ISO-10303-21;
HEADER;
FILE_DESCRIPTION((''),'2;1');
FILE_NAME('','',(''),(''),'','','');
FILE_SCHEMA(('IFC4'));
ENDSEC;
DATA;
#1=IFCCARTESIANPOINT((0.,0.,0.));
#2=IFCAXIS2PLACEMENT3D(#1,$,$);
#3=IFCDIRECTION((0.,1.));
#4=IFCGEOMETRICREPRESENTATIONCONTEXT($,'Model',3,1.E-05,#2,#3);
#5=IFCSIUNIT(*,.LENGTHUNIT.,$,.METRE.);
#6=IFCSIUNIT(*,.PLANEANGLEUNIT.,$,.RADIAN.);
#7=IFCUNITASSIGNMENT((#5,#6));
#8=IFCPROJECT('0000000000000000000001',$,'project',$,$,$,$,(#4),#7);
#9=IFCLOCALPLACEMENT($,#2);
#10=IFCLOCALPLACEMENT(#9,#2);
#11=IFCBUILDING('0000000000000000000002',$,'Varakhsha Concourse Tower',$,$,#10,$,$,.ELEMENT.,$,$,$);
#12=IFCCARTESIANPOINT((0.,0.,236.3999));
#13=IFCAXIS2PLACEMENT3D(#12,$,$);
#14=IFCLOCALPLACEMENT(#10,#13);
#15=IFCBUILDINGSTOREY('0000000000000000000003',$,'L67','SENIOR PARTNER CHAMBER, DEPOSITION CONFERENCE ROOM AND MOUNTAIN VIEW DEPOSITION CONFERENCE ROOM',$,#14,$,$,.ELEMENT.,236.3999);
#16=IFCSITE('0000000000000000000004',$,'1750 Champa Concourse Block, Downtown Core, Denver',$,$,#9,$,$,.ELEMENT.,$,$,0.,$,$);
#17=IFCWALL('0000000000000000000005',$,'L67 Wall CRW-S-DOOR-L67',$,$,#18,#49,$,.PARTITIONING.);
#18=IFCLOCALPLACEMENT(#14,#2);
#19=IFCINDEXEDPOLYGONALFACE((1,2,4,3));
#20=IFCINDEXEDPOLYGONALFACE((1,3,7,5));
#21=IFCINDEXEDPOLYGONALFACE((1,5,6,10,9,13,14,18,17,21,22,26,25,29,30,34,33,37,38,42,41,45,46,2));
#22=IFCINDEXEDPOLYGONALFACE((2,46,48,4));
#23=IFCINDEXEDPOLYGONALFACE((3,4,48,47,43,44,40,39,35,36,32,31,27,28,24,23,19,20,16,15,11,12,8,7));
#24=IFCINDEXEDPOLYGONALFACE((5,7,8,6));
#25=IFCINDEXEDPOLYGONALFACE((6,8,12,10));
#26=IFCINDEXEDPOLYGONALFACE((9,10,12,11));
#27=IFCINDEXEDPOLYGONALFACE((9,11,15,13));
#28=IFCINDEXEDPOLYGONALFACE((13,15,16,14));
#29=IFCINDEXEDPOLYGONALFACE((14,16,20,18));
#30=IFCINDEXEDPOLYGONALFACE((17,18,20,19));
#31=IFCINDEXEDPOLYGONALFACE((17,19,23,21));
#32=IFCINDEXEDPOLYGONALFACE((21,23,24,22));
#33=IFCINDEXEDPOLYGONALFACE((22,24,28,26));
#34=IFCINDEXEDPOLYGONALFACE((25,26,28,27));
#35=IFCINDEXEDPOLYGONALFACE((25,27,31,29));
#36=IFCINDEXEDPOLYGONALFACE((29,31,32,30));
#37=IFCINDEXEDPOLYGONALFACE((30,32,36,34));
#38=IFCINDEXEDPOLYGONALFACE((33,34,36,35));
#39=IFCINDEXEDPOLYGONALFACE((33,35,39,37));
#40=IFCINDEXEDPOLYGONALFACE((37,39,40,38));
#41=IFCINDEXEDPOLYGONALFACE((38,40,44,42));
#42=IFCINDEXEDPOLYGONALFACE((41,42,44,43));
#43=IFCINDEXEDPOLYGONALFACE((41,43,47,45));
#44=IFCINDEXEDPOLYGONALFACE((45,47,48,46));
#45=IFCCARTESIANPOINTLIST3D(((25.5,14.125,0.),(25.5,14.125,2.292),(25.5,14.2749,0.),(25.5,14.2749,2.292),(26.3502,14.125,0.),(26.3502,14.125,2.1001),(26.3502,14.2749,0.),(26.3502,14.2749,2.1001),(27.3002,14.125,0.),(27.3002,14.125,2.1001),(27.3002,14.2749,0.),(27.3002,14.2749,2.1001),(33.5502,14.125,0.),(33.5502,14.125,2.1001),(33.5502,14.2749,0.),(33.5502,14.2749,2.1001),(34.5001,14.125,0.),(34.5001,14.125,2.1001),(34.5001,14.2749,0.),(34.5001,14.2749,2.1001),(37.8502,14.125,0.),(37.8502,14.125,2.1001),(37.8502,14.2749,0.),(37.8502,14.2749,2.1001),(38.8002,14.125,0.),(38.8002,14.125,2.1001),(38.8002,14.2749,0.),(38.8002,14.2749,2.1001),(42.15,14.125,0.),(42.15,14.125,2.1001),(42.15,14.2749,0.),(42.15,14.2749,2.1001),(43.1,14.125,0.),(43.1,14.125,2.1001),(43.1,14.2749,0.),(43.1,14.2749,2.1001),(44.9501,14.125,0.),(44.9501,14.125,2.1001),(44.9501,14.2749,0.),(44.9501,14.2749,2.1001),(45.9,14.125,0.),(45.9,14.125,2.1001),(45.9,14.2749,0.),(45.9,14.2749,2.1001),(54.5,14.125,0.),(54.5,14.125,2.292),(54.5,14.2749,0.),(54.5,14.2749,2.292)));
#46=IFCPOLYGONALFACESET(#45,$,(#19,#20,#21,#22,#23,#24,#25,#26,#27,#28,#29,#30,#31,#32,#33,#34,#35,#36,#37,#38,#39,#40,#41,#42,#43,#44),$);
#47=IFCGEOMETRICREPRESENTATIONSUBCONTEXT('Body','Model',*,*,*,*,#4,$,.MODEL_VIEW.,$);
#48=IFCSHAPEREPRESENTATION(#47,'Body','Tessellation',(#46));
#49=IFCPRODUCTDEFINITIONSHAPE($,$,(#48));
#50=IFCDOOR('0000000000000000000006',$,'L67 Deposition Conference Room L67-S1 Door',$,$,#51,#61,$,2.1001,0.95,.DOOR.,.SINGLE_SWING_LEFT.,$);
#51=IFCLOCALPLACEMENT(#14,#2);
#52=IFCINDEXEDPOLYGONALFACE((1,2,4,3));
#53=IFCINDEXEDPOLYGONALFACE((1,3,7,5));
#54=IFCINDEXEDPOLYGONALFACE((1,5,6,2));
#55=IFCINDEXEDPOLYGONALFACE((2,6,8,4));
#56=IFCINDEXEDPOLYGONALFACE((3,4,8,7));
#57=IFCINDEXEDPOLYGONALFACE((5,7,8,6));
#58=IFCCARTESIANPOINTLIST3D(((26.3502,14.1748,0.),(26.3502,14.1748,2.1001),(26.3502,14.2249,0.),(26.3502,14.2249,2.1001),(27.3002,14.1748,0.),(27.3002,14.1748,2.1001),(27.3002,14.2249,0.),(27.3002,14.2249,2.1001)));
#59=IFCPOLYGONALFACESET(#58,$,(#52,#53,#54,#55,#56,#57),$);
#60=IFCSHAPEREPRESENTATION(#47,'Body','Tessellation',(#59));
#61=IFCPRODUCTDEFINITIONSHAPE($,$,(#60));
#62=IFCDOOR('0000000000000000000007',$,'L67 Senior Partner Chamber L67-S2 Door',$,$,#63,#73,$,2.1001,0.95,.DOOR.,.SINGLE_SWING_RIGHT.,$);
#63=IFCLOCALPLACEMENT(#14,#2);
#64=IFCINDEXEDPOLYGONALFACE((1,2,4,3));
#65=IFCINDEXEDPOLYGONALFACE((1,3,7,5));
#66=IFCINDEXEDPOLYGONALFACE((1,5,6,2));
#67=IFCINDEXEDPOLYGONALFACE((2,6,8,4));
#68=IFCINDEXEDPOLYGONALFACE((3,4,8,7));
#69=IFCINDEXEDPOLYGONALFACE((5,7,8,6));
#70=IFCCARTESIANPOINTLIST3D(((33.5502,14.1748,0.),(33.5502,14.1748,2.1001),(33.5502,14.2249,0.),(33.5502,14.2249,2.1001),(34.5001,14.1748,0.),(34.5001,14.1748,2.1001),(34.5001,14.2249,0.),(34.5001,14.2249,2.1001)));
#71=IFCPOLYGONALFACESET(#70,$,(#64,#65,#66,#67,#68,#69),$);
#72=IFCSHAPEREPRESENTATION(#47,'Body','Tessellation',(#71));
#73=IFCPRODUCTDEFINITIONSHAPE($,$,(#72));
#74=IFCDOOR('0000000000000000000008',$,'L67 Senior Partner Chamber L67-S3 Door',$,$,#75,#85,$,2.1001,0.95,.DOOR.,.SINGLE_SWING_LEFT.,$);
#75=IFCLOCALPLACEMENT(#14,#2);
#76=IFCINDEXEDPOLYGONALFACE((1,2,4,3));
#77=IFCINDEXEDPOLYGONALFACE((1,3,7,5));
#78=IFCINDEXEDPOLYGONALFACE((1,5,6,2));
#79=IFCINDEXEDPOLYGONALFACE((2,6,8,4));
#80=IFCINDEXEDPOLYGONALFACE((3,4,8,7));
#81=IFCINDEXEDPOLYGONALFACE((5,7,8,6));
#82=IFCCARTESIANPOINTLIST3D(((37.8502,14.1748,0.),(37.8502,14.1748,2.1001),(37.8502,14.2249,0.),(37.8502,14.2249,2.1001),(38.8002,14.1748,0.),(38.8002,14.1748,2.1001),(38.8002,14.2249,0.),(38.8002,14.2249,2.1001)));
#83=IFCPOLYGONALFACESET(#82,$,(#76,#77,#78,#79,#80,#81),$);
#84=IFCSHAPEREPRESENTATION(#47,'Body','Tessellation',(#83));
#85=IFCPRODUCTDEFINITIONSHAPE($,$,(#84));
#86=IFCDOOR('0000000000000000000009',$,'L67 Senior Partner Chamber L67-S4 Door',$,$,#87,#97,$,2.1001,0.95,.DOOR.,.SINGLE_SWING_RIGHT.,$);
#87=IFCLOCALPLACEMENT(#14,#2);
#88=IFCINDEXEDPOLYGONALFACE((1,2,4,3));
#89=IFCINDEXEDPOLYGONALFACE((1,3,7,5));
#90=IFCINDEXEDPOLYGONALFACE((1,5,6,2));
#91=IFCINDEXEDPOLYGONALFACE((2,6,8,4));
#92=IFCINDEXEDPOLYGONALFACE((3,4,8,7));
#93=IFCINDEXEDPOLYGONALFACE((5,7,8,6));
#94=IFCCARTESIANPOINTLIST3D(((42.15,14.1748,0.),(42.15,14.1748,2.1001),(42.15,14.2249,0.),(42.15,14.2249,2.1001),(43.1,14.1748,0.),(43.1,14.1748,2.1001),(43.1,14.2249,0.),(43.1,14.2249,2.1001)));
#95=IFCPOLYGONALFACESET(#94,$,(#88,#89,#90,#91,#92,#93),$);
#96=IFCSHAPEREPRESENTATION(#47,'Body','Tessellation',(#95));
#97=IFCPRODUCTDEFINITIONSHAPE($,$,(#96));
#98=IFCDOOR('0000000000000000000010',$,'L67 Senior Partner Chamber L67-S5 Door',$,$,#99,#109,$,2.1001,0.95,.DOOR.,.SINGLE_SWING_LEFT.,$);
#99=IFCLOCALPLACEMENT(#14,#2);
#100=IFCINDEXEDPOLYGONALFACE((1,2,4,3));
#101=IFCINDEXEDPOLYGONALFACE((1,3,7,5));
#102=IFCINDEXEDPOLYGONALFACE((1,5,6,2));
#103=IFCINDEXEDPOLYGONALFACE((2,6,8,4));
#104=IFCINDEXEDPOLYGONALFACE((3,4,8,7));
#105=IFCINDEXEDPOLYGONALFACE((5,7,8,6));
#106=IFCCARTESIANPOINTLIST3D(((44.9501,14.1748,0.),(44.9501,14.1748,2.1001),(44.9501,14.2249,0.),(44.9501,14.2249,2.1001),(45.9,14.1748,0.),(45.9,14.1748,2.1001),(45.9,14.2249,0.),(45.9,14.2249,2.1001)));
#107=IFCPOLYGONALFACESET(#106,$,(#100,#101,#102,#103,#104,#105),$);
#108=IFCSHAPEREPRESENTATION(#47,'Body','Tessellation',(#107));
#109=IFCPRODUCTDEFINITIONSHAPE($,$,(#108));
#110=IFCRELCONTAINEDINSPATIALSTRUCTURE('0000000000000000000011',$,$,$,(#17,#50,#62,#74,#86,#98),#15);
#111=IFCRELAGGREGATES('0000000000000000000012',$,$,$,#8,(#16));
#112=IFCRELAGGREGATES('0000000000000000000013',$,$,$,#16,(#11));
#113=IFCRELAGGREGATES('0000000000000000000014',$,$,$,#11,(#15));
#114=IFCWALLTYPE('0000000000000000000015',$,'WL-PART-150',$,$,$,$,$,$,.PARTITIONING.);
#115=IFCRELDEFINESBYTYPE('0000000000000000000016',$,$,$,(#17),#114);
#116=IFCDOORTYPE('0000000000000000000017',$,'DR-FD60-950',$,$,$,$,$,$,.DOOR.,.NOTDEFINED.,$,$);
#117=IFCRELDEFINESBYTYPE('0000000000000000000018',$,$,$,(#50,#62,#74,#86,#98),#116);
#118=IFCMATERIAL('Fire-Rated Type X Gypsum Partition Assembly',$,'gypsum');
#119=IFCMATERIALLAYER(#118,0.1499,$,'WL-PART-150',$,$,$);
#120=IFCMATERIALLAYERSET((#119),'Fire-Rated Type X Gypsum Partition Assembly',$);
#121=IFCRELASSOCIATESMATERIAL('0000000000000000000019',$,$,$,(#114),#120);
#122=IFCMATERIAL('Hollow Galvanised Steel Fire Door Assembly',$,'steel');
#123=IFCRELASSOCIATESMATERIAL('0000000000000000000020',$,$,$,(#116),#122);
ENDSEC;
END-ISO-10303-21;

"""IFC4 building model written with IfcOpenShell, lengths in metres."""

from ifc_helpers import new_model, si_unit, direction, frame, frame_2d, origin, place, context, subcontext, project, spatial, rectangle, extrude, material, layer, layer_set, type_object, element, fill, save


model = new_model("IFC4")

# Units and contexts
model_context = context("Model", 3, precision=1e-05, world=origin(), true_north=direction((0.0, 1.0)))
body_context = subcontext(model_context, "Body", "Model", "MODEL_VIEW")
ifc_project = project(units=[si_unit("LENGTHUNIT", "METRE"), si_unit("PLANEANGLEUNIT", "RADIAN")], contexts=[model_context])

# Site, building, storey
site_placement = place(None, origin())
site = spatial("IfcSite", under=ifc_project, at=site_placement, Name="1750 Champa Concourse Block, Downtown Core, Denver", CompositionType="ELEMENT", RefElevation=0.0)
building_placement = place(site_placement, origin())
building = spatial("IfcBuilding", under=site, at=building_placement, Name="Varakhsha Concourse Tower", CompositionType="ELEMENT")
storey_placement = place(building_placement, frame((0.0, 0.0, 236.3999)))
storey = spatial("IfcBuildingStorey", under=building, at=storey_placement, Name="L67", Description="SENIOR PARTNER CHAMBER, DEPOSITION CONFERENCE ROOM AND MOUNTAIN VIEW DEPOSITION CONFERENCE ROOM", CompositionType="ELEMENT", Elevation=236.3999)

# Wall, openings, doors
ifc_material_1 = material(Name="Fire-Rated Type X Gypsum Partition Assembly", Category="gypsum")
ifc_layer_1 = layer(ifc_material_1, 0.1499, Name="WL-PART-150")
ifc_layer_set_1 = layer_set([ifc_layer_1], Name="Fire-Rated Type X Gypsum Partition Assembly")
wall_type = type_object("IfcWallType", Name="WL-PART-150", PredefinedType="PARTITIONING", material=ifc_layer_set_1)
ifc_material_2 = material(Name="Hollow Galvanised Steel Fire Door Assembly", Category="steel")
door_type = type_object("IfcDoorType", Name="DR-FD60-950", OperationType="NOTDEFINED", PredefinedType="DOOR", material=ifc_material_2)
wall_1_placement = place(storey_placement, frame((25.5, 14.2, 0.0), z_axis=(0.0, 0.0, 1.0), x_axis=(1.0, 0.0, 0.0)))
wall_1 = element("IfcWall", 1, at=wall_1_placement, inside=storey, type_object=wall_type, Name="L67 Wall CRW-S-DOOR-L67", PredefinedType="PARTITIONING", context=body_context, shape_type="SweptSolid", body=[
    extrude(rectangle(XDim=29.0, YDim=0.1499, at=frame_2d((14.5, 0.0))), origin(), (0.0, 0.0, 1.0), 2.292),
])
opening_1_placement = place(wall_1_placement, frame((0.8501, 0.0, 0.0)))
opening_1 = element("IfcOpeningElement", 2, at=opening_1_placement, cuts=wall_1, PredefinedType="OPENING", context=body_context, shape_type="SweptSolid", body=[
    extrude(rectangle(XDim=0.95, YDim=2.1001, at=frame_2d((0.4751, 1.05))), frame((0.0, 0.085, 0.0), z_axis=(0.0, -1.0, 0.0), x_axis=(1.0, 0.0, 0.0)), (0.0, 0.0, 1.0), 0.1699),
])
opening_2_placement = place(wall_1_placement, frame((8.05, 0.0, 0.0)))
opening_2 = element("IfcOpeningElement", 3, at=opening_2_placement, cuts=wall_1, PredefinedType="OPENING", context=body_context, shape_type="SweptSolid", body=[
    extrude(rectangle(XDim=0.95, YDim=2.1001, at=frame_2d((0.4751, 1.05))), frame((0.0, 0.085, 0.0), z_axis=(0.0, -1.0, 0.0), x_axis=(1.0, 0.0, 0.0)), (0.0, 0.0, 1.0), 0.1699),
])
opening_3_placement = place(wall_1_placement, frame((12.3501, 0.0, 0.0)))
opening_3 = element("IfcOpeningElement", 4, at=opening_3_placement, cuts=wall_1, PredefinedType="OPENING", context=body_context, shape_type="SweptSolid", body=[
    extrude(rectangle(XDim=0.95, YDim=2.1001, at=frame_2d((0.4751, 1.05))), frame((0.0, 0.085, 0.0), z_axis=(0.0, -1.0, 0.0), x_axis=(1.0, 0.0, 0.0)), (0.0, 0.0, 1.0), 0.1699),
])
opening_4_placement = place(wall_1_placement, frame((16.6499, 0.0, 0.0)))
opening_4 = element("IfcOpeningElement", 5, at=opening_4_placement, cuts=wall_1, PredefinedType="OPENING", context=body_context, shape_type="SweptSolid", body=[
    extrude(rectangle(XDim=0.95, YDim=2.1001, at=frame_2d((0.4751, 1.05))), frame((0.0, 0.085, 0.0), z_axis=(0.0, -1.0, 0.0), x_axis=(1.0, 0.0, 0.0)), (0.0, 0.0, 1.0), 0.1699),
])
opening_5_placement = place(wall_1_placement, frame((19.45, 0.0, 0.0)))
opening_5 = element("IfcOpeningElement", 6, at=opening_5_placement, cuts=wall_1, PredefinedType="OPENING", context=body_context, shape_type="SweptSolid", body=[
    extrude(rectangle(XDim=0.95, YDim=2.1001, at=frame_2d((0.4751, 1.05))), frame((0.0, 0.085, 0.0), z_axis=(0.0, -1.0, 0.0), x_axis=(1.0, 0.0, 0.0)), (0.0, 0.0, 1.0), 0.1699),
])
door_1_placement = place(opening_1_placement, origin())
door_1 = element("IfcDoor", 7, at=door_1_placement, inside=storey, type_object=door_type, Name="L67 Deposition Conference Room L67-S1 Door", OperationType="SINGLE_SWING_LEFT", OverallHeight=2.1001, OverallWidth=0.95, PredefinedType="DOOR", context=body_context, shape_type="SweptSolid", body=[
    extrude(rectangle(XDim=0.95, YDim=2.1001, at=frame_2d((0.4751, 1.05))), frame((0.0, 0.0249, 0.0), z_axis=(0.0, -1.0, 0.0), x_axis=(1.0, 0.0, 0.0)), (0.0, 0.0, 1.0), 0.05),
])
fill(opening_1, door_1)
door_2_placement = place(opening_2_placement, origin())
door_2 = element("IfcDoor", 8, at=door_2_placement, inside=storey, type_object=door_type, Name="L67 Senior Partner Chamber L67-S2 Door", OperationType="SINGLE_SWING_RIGHT", OverallHeight=2.1001, OverallWidth=0.95, PredefinedType="DOOR", context=body_context, shape_type="SweptSolid", body=[
    extrude(rectangle(XDim=0.95, YDim=2.1001, at=frame_2d((0.4751, 1.05))), frame((0.0, 0.0249, 0.0), z_axis=(0.0, -1.0, 0.0), x_axis=(1.0, 0.0, 0.0)), (0.0, 0.0, 1.0), 0.05),
])
fill(opening_2, door_2)
door_3_placement = place(opening_3_placement, origin())
door_3 = element("IfcDoor", 9, at=door_3_placement, inside=storey, type_object=door_type, Name="L67 Senior Partner Chamber L67-S3 Door", OperationType="SINGLE_SWING_LEFT", OverallHeight=2.1001, OverallWidth=0.95, PredefinedType="DOOR", context=body_context, shape_type="SweptSolid", body=[
    extrude(rectangle(XDim=0.95, YDim=2.1001, at=frame_2d((0.4751, 1.05))), frame((0.0, 0.0249, 0.0), z_axis=(0.0, -1.0, 0.0), x_axis=(1.0, 0.0, 0.0)), (0.0, 0.0, 1.0), 0.05),
])
fill(opening_3, door_3)
door_4_placement = place(opening_4_placement, origin())
door_4 = element("IfcDoor", 10, at=door_4_placement, inside=storey, type_object=door_type, Name="L67 Senior Partner Chamber L67-S4 Door", OperationType="SINGLE_SWING_RIGHT", OverallHeight=2.1001, OverallWidth=0.95, PredefinedType="DOOR", context=body_context, shape_type="SweptSolid", body=[
    extrude(rectangle(XDim=0.95, YDim=2.1001, at=frame_2d((0.4751, 1.05))), frame((0.0, 0.0249, 0.0), z_axis=(0.0, -1.0, 0.0), x_axis=(1.0, 0.0, 0.0)), (0.0, 0.0, 1.0), 0.05),
])
fill(opening_4, door_4)
door_5_placement = place(opening_5_placement, origin())
door_5 = element("IfcDoor", 11, at=door_5_placement, inside=storey, type_object=door_type, Name="L67 Senior Partner Chamber L67-S5 Door", OperationType="SINGLE_SWING_LEFT", OverallHeight=2.1001, OverallWidth=0.95, PredefinedType="DOOR", context=body_context, shape_type="SweptSolid", body=[
    extrude(rectangle(XDim=0.95, YDim=2.1001, at=frame_2d((0.4751, 1.05))), frame((0.0, 0.0249, 0.0), z_axis=(0.0, -1.0, 0.0), x_axis=(1.0, 0.0, 0.0)), (0.0, 0.0, 1.0), 0.05),
])
fill(opening_5, door_5)

save(model, "model.ifc")
